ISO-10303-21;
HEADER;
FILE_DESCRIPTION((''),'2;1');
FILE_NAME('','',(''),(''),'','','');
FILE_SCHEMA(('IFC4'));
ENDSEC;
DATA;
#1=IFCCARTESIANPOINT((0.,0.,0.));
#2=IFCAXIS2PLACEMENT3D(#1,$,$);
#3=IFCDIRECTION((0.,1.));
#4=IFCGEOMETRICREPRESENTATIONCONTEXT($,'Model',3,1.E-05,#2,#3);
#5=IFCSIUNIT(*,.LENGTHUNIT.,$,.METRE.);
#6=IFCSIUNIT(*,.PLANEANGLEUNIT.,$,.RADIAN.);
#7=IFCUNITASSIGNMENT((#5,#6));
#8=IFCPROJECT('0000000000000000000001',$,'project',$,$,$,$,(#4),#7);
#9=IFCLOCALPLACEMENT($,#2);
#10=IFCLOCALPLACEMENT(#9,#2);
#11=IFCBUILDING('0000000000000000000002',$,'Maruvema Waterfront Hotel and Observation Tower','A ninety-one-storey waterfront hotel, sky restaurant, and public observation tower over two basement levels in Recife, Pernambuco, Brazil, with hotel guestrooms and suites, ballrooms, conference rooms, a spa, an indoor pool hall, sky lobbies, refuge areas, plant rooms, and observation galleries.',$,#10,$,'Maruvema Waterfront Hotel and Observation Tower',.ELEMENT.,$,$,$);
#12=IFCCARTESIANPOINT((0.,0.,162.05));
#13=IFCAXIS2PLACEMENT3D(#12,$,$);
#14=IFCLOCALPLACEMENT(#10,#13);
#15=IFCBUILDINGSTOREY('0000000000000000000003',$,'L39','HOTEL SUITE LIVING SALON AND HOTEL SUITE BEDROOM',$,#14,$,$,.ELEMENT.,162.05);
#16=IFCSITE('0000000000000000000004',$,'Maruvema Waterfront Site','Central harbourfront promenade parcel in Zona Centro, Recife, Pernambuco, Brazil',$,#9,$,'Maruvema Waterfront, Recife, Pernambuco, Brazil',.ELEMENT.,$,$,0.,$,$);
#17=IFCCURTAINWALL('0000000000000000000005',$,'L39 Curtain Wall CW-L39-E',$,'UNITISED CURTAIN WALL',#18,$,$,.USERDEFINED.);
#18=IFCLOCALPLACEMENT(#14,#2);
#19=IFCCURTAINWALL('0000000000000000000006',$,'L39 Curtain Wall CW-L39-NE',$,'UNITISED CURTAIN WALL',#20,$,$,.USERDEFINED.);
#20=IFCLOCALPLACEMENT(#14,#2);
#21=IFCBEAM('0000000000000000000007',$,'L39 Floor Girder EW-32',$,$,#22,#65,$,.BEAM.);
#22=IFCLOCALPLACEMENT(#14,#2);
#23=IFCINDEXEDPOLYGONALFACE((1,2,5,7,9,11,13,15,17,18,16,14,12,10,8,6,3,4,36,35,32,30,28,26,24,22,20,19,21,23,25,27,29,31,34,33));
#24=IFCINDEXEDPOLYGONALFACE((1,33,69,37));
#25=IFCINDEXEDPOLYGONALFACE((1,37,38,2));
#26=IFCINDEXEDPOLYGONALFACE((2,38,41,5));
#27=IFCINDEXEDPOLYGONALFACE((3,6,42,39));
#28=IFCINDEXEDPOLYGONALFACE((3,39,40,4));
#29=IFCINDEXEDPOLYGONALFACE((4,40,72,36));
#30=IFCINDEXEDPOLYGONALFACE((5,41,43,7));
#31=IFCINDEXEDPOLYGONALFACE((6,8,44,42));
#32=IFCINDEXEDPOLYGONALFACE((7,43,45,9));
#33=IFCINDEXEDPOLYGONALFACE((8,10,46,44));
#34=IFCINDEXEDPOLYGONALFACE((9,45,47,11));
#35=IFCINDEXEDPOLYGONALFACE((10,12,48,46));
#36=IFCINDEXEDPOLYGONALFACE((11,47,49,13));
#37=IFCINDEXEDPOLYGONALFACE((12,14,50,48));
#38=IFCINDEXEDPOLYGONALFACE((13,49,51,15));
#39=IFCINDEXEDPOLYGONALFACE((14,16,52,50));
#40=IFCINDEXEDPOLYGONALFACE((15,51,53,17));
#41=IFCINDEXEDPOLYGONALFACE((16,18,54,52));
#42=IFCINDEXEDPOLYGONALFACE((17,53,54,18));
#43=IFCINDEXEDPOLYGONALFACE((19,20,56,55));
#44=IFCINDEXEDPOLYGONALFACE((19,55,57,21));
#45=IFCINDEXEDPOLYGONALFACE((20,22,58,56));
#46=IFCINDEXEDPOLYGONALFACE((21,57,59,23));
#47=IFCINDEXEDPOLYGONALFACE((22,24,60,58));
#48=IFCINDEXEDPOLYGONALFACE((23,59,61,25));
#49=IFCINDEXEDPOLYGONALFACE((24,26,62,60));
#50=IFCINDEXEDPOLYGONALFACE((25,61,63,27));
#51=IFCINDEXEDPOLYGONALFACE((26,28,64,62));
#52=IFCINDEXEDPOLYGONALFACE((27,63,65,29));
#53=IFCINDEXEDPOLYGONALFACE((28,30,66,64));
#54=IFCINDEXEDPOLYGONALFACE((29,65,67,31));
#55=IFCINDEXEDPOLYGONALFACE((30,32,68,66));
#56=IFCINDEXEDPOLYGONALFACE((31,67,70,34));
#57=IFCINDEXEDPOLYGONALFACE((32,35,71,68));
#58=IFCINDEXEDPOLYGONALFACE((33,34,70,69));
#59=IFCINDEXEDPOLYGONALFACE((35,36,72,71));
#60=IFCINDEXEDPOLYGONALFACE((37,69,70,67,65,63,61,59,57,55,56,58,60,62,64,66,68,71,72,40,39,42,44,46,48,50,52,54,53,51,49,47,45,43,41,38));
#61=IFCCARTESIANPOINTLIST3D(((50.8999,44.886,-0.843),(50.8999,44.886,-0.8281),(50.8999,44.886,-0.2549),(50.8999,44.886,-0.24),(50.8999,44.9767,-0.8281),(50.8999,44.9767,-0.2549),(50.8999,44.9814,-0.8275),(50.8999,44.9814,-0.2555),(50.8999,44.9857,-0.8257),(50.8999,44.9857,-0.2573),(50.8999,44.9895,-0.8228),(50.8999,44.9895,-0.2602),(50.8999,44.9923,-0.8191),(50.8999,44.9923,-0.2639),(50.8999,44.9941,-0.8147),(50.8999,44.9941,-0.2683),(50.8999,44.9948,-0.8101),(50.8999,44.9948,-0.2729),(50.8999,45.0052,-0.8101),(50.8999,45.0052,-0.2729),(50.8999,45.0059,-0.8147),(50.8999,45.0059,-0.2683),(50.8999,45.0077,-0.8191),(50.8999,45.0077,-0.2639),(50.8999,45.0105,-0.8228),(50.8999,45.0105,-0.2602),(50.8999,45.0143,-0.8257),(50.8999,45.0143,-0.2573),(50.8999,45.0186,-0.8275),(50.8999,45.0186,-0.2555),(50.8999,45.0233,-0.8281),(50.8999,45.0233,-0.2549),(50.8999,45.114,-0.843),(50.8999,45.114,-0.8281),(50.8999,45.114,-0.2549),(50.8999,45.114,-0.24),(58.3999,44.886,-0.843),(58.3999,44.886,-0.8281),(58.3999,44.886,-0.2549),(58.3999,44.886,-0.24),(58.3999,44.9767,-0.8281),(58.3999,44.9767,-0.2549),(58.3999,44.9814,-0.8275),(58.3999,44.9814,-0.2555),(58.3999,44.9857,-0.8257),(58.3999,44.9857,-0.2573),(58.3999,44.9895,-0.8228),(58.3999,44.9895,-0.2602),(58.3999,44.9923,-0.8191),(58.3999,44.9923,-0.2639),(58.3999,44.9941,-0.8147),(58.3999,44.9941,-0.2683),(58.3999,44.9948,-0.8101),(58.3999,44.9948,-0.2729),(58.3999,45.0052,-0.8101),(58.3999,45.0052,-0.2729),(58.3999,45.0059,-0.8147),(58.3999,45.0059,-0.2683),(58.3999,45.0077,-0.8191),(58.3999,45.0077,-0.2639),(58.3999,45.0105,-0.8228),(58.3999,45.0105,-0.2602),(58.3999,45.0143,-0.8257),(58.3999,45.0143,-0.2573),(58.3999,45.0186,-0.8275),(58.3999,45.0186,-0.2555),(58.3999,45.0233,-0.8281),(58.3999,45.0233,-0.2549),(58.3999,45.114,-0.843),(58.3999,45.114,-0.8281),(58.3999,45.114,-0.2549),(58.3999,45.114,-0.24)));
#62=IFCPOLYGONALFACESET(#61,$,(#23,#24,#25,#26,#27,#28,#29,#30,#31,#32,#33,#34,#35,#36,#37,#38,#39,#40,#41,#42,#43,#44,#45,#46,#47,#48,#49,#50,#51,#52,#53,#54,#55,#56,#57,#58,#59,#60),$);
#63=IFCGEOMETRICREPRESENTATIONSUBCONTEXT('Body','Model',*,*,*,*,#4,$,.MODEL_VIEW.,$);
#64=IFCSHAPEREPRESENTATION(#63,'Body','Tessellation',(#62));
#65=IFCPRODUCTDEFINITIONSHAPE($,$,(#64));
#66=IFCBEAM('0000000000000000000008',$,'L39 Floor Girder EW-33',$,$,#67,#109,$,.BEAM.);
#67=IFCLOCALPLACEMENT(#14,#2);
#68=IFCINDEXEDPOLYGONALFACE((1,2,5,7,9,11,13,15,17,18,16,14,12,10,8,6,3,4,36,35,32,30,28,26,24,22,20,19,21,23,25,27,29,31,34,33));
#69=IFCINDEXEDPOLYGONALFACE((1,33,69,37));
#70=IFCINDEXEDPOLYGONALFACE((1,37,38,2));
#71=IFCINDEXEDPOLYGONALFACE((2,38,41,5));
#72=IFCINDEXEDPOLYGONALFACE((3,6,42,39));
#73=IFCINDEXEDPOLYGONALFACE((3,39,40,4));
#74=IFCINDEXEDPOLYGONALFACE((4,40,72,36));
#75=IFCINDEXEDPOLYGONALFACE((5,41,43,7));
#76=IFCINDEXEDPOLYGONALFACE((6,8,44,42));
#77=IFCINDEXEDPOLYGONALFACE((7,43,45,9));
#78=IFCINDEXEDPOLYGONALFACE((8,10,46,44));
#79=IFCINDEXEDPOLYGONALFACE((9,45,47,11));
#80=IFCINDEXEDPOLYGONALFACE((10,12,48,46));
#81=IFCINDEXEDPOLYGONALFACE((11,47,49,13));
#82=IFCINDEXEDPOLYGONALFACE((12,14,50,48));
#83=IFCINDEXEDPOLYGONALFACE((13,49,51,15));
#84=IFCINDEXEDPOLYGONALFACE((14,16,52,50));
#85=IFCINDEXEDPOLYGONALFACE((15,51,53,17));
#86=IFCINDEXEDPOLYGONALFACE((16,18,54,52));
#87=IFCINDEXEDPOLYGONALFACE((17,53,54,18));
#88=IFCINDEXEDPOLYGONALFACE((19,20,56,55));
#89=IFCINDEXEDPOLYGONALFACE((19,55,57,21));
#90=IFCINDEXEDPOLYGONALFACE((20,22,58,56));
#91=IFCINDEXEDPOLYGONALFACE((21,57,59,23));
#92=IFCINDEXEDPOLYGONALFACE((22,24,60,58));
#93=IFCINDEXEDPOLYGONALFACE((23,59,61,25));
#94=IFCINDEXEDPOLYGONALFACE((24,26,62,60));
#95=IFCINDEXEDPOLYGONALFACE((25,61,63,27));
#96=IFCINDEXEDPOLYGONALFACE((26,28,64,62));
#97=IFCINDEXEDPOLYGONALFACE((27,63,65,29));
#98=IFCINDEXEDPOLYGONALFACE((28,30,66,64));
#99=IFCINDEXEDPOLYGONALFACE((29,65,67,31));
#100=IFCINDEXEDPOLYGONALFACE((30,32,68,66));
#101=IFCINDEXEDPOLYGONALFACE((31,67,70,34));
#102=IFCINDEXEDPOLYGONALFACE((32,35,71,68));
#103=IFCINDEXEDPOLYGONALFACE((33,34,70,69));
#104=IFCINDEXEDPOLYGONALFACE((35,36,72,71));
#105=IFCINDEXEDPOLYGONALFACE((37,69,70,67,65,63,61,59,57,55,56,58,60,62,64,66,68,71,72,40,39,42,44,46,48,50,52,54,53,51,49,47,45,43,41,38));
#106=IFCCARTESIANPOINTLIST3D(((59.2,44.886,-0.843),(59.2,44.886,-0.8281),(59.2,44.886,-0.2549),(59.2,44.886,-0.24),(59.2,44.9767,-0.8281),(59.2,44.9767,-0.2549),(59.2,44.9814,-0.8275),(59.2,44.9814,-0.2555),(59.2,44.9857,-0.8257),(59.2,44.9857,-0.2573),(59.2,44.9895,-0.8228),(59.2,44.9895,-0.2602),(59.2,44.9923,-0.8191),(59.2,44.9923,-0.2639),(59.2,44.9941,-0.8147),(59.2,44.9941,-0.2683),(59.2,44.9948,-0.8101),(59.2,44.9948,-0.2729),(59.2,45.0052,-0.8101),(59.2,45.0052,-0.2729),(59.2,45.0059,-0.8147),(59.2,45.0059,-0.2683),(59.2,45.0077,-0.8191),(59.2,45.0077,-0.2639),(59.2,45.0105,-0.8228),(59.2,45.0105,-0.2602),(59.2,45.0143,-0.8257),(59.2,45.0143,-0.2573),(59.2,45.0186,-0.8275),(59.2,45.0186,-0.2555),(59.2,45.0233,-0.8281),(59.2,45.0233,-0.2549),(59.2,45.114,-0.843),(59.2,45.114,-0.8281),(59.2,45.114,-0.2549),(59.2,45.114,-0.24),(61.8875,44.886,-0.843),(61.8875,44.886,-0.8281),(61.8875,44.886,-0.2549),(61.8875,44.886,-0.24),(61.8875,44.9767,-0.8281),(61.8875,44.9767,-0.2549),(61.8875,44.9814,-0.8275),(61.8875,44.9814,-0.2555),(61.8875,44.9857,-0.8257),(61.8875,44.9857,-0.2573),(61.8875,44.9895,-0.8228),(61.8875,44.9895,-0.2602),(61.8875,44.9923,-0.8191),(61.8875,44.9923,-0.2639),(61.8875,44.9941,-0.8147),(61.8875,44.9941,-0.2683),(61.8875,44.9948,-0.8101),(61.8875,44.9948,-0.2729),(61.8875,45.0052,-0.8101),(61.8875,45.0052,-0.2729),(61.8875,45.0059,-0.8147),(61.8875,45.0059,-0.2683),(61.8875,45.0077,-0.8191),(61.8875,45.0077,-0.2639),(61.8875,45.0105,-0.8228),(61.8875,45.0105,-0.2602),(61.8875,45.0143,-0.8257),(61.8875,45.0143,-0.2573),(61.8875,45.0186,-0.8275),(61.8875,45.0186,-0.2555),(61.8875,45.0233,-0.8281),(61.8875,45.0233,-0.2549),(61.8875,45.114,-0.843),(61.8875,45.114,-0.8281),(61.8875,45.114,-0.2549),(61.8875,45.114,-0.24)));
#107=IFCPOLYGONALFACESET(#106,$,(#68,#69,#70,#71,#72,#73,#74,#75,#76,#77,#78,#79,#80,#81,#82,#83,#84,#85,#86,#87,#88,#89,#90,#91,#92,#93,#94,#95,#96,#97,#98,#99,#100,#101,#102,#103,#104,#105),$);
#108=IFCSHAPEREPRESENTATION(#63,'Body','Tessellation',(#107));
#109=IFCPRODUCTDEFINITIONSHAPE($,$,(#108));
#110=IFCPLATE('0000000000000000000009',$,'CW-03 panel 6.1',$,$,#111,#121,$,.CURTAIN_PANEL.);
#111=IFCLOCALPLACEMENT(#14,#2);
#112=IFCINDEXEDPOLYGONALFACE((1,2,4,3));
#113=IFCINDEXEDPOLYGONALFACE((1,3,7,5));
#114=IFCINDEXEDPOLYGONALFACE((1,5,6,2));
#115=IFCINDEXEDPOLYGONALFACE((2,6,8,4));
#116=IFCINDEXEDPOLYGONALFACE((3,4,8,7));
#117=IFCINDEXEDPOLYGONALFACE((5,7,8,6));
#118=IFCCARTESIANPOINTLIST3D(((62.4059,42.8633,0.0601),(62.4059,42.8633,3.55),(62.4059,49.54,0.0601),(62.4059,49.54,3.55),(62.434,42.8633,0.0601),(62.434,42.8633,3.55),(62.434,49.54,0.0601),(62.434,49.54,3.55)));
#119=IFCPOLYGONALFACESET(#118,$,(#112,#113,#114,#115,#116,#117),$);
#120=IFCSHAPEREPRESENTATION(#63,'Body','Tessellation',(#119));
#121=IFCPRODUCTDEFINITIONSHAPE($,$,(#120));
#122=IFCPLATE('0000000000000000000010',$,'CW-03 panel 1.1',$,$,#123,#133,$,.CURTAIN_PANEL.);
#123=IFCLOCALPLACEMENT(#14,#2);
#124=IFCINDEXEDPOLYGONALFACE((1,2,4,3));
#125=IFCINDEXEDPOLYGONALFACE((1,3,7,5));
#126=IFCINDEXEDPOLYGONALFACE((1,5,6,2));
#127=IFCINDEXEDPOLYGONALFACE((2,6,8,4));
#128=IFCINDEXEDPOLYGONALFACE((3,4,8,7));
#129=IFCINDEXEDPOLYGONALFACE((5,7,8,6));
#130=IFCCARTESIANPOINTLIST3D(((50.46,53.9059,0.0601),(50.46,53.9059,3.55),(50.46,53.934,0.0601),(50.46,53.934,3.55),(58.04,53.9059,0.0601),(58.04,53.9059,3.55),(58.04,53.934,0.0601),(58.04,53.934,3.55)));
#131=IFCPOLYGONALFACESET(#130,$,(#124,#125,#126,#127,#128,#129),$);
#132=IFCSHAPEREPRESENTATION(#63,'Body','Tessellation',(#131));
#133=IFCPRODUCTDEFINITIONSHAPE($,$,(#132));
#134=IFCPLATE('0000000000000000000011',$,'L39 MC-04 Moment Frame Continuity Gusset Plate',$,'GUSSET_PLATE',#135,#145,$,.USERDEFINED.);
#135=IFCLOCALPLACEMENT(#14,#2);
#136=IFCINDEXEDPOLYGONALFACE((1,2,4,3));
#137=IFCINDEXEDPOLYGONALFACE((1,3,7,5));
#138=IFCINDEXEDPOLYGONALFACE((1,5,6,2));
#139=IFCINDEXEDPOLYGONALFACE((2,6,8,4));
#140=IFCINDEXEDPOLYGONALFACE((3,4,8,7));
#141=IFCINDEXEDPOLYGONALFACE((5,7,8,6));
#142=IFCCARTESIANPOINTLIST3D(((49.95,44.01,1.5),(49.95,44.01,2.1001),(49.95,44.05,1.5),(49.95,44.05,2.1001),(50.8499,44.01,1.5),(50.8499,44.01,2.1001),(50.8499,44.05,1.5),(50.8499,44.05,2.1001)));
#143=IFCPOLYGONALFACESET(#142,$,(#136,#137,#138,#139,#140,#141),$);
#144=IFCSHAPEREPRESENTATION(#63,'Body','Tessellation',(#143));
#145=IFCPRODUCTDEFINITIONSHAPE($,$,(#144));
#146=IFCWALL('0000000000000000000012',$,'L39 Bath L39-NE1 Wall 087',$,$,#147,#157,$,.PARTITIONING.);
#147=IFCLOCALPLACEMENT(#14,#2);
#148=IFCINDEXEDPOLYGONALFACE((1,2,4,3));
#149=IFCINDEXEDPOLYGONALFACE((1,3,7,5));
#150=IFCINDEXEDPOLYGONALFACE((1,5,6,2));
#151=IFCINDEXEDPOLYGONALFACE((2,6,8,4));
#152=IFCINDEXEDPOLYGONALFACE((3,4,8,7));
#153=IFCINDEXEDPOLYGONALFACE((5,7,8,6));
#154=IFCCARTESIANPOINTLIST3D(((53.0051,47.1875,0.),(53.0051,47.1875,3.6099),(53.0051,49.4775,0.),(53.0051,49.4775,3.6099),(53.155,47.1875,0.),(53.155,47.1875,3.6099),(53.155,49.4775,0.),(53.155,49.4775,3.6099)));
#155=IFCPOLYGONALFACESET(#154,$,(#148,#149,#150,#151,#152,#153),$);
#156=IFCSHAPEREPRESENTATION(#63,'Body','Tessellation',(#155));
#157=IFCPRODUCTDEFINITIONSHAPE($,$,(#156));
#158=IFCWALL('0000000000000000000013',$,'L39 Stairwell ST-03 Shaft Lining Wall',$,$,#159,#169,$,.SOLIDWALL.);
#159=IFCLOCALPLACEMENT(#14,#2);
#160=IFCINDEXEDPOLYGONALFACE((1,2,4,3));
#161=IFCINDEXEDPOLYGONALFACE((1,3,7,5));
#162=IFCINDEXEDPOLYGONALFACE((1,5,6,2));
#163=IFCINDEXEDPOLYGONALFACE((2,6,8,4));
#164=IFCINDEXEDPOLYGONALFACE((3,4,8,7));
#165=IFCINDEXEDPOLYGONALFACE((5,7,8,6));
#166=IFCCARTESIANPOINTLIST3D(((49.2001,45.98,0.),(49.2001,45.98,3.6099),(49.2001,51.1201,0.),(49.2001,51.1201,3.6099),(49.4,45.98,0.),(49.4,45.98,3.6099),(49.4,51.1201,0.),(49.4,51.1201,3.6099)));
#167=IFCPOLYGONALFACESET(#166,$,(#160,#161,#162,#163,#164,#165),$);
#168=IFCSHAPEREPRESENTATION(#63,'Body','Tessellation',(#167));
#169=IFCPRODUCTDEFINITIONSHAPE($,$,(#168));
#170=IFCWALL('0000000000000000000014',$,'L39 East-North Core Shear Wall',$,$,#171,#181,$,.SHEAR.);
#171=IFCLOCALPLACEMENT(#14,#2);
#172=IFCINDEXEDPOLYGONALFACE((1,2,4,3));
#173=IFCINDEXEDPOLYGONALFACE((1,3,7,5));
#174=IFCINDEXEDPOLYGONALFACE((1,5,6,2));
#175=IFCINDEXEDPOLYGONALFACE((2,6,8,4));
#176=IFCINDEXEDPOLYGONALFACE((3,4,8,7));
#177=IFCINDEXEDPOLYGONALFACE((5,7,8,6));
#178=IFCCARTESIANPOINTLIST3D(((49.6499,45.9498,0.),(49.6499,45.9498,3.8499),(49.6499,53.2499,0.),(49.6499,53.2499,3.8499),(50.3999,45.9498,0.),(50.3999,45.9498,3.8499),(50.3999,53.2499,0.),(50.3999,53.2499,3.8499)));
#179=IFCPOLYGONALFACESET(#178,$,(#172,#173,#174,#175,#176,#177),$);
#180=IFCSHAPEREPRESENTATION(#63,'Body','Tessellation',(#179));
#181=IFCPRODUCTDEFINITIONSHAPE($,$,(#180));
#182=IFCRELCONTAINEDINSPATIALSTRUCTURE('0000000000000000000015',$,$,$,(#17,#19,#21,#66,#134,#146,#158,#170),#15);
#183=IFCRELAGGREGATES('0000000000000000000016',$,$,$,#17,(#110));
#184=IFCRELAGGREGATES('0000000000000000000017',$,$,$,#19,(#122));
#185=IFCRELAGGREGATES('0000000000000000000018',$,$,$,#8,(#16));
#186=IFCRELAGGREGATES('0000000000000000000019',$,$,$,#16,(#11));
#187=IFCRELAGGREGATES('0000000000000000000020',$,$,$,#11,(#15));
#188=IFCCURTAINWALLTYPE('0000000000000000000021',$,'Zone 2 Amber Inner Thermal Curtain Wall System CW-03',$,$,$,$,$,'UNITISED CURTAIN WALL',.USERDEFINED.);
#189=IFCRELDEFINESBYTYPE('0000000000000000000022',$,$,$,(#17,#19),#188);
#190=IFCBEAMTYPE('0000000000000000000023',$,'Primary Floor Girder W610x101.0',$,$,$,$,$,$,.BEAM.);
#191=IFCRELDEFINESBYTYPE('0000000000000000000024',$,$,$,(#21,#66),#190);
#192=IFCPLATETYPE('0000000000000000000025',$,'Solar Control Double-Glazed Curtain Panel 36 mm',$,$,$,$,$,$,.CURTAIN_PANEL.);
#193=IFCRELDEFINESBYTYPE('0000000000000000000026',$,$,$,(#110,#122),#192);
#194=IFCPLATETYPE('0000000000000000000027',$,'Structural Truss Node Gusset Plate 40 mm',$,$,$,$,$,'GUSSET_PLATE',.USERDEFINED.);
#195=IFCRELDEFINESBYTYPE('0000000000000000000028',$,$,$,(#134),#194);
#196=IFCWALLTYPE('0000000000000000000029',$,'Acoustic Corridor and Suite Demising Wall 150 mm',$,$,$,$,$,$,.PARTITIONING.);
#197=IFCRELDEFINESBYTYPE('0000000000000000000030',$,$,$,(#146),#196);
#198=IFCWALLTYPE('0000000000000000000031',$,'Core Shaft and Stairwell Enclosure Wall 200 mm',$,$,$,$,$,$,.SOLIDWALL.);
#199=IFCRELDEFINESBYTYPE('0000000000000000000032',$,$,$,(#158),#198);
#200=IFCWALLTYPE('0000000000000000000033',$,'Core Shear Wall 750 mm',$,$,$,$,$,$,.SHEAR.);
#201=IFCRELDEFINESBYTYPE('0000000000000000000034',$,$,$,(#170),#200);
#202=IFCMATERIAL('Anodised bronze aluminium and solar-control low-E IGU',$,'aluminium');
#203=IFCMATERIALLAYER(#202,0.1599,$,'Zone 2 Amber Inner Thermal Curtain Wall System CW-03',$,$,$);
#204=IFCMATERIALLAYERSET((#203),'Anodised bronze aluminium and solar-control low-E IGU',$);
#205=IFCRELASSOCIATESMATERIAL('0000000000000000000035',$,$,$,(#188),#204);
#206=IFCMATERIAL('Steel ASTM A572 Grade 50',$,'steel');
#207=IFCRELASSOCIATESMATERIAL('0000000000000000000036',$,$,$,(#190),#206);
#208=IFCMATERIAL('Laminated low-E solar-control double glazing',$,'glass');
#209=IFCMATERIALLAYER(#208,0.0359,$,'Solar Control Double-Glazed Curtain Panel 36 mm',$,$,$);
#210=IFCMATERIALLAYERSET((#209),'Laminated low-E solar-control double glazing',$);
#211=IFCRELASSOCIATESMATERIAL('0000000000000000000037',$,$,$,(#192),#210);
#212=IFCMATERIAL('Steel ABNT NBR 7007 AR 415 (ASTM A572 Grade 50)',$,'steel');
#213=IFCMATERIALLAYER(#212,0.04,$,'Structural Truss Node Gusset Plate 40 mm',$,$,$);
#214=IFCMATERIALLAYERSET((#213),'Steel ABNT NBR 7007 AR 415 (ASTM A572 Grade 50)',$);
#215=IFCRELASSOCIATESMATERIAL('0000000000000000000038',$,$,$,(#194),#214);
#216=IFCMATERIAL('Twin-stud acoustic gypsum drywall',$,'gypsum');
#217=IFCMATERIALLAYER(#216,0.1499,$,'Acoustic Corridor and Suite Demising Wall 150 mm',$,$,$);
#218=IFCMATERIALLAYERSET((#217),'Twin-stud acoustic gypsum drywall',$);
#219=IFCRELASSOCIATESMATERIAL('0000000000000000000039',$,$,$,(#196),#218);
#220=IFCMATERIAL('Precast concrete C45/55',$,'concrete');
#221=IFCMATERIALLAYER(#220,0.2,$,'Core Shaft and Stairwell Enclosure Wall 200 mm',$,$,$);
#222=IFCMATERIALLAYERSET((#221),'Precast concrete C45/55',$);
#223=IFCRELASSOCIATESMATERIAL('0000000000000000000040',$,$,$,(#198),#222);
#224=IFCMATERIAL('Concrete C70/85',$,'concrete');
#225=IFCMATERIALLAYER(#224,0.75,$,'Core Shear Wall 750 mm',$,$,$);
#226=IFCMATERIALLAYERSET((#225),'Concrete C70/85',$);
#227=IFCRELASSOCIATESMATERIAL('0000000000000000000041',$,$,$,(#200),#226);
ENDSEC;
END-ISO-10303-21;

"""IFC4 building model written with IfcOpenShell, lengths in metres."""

from ifc_helpers import new_model, si_unit, direction, frame, frame_2d, origin, origin_2d, place, context, subcontext, project, spatial, rectangle, i_section, extrude, material, layer, layer_set, material_profile, profile_set, type_object, element, aggregate, save


model = new_model("IFC4")

# Units and contexts
model_context = context("Model", 3, precision=1e-05, world=origin(), true_north=direction((0.0, 1.0)))
body_context = subcontext(model_context, "Body", "Model", "MODEL_VIEW")
ifc_project = project(units=[si_unit("LENGTHUNIT", "METRE"), si_unit("PLANEANGLEUNIT", "RADIAN")], contexts=[model_context])

# Site, building, storey
site_placement = place(None, origin())
site = spatial("IfcSite", under=ifc_project, at=site_placement, Name="Maruvema Waterfront Site", Description="Central harbourfront promenade parcel in Zona Centro, Recife, Pernambuco, Brazil", LongName="Maruvema Waterfront, Recife, Pernambuco, Brazil", CompositionType="ELEMENT", RefElevation=0.0)
building_placement = place(site_placement, origin())
building = spatial("IfcBuilding", under=site, at=building_placement, Name="Maruvema Waterfront Hotel and Observation Tower", Description="A ninety-one-storey waterfront hotel, sky restaurant, and public observation tower over two basement levels in Recife, Pernambuco, Brazil, with hotel guestrooms and suites, ballrooms, conference rooms, a spa, an indoor pool hall, sky lobbies, refuge areas, plant rooms, and observation galleries.", LongName="Maruvema Waterfront Hotel and Observation Tower", CompositionType="ELEMENT")
storey_placement = place(building_placement, frame((0.0, 0.0, 162.05)))
storey = spatial("IfcBuildingStorey", under=building, at=storey_placement, Name="L39", Description="HOTEL SUITE LIVING SALON AND HOTEL SUITE BEDROOM", CompositionType="ELEMENT", Elevation=162.05)

# Curtain walls
ifc_material_1 = material(Name="Anodised bronze aluminium and solar-control low-E IGU", Category="aluminium")
ifc_layer_1 = layer(ifc_material_1, 0.1599, Name="Zone 2 Amber Inner Thermal Curtain Wall System CW-03")
ifc_layer_set_1 = layer_set([ifc_layer_1], Name="Anodised bronze aluminium and solar-control low-E IGU")
curtain_wall_type = type_object("IfcCurtainWallType", Name="Zone 2 Amber Inner Thermal Curtain Wall System CW-03", ElementType="UNITISED CURTAIN WALL", PredefinedType="USERDEFINED", material=ifc_layer_set_1)
curtain_wall_1_placement = place(storey_placement, origin())
curtain_wall_1 = element("IfcCurtainWall", 1, at=curtain_wall_1_placement, inside=storey, type_object=curtain_wall_type, Name="L39 Curtain Wall CW-L39-E", ObjectType="UNITISED CURTAIN WALL", PredefinedType="USERDEFINED")
curtain_wall_2_placement = place(storey_placement, origin())
curtain_wall_2 = element("IfcCurtainWall", 2, at=curtain_wall_2_placement, inside=storey, type_object=curtain_wall_type, Name="L39 Curtain Wall CW-L39-NE", ObjectType="UNITISED CURTAIN WALL", PredefinedType="USERDEFINED")

# Beams
ifc_material_2 = material(Name="Steel ASTM A572 Grade 50", Category="steel")
ifc_material_profile_1 = material_profile(ifc_material_2, i_section(OverallWidth=0.228, OverallDepth=0.603, WebThickness=0.0105, FlangeThickness=0.0149, FilletRadius=0.0181, at=origin_2d()), Name="W610x101.0")
ifc_profile_set_1 = profile_set([ifc_material_profile_1], Name="Steel ASTM A572 Grade 50")
beam_type = type_object("IfcBeamType", Name="Primary Floor Girder W610x101.0", PredefinedType="BEAM", material=ifc_profile_set_1)
beam_1_placement = place(storey_placement, frame((50.8999, 45.0, -0.5415), z_axis=(1.0, 0.0, 0.0), x_axis=(0.0, 1.0, 0.0)))
element("IfcBeam", 3, at=beam_1_placement, inside=storey, type_object=beam_type, Name="L39 Floor Girder EW-32", PredefinedType="BEAM", context=body_context, shape_type="SweptSolid", body=[
    extrude(i_section(OverallWidth=0.228, OverallDepth=0.603, WebThickness=0.0105, FlangeThickness=0.0149, FilletRadius=0.0181, at=origin_2d()), origin(), (0.0, 0.0, 1.0), 7.5),
])
beam_2_placement = place(storey_placement, frame((59.2, 45.0, -0.5415), z_axis=(1.0, 0.0, 0.0), x_axis=(0.0, 1.0, 0.0)))
element("IfcBeam", 4, at=beam_2_placement, inside=storey, type_object=beam_type, Name="L39 Floor Girder EW-33", PredefinedType="BEAM", context=body_context, shape_type="SweptSolid", body=[
    extrude(i_section(OverallWidth=0.228, OverallDepth=0.603, WebThickness=0.0105, FlangeThickness=0.0149, FilletRadius=0.0181, at=origin_2d()), origin(), (0.0, 0.0, 1.0), 2.6875),
])

# Plates
ifc_material_3 = material(Name="Laminated low-E solar-control double glazing", Category="glass")
ifc_layer_2 = layer(ifc_material_3, 0.0359, Name="Solar Control Double-Glazed Curtain Panel 36 mm")
ifc_layer_set_2 = layer_set([ifc_layer_2], Name="Laminated low-E solar-control double glazing")
plate_type_1 = type_object("IfcPlateType", Name="Solar Control Double-Glazed Curtain Panel 36 mm", PredefinedType="CURTAIN_PANEL", material=ifc_layer_set_2)
plate_1_placement = place(storey_placement, frame((62.4199, 46.2017, 0.0601), z_axis=(0.0, 0.0, 1.0), x_axis=(0.0, 1.0, 0.0)))
plate_1 = element("IfcPlate", 5, at=plate_1_placement, type_object=plate_type_1, Name="CW-03 panel 6.1", PredefinedType="CURTAIN_PANEL", context=body_context, shape_type="SweptSolid", body=[
    extrude(rectangle(XDim=6.6768, YDim=0.0281, at=origin_2d()), origin(), (0.0, 0.0, 1.0), 3.49),
])
aggregate(curtain_wall_1, [plate_1])
plate_2_placement = place(storey_placement, frame((54.25, 53.9199, 0.0601), z_axis=(0.0, 0.0, 1.0), x_axis=(-1.0, 0.0, 0.0)))
plate_2 = element("IfcPlate", 6, at=plate_2_placement, type_object=plate_type_1, Name="CW-03 panel 1.1", PredefinedType="CURTAIN_PANEL", context=body_context, shape_type="SweptSolid", body=[
    extrude(rectangle(XDim=7.5801, YDim=0.0281, at=origin_2d()), origin(), (0.0, 0.0, 1.0), 3.49),
])
aggregate(curtain_wall_2, [plate_2])
ifc_material_4 = material(Name="Steel ABNT NBR 7007 AR 415 (ASTM A572 Grade 50)", Category="steel")
ifc_layer_3 = layer(ifc_material_4, 0.04, Name="Structural Truss Node Gusset Plate 40 mm")
ifc_layer_set_3 = layer_set([ifc_layer_3], Name="Steel ABNT NBR 7007 AR 415 (ASTM A572 Grade 50)")
plate_type_2 = type_object("IfcPlateType", Name="Structural Truss Node Gusset Plate 40 mm", ElementType="GUSSET_PLATE", PredefinedType="USERDEFINED", material=ifc_layer_set_3)
plate_3_placement = place(storey_placement, frame((50.3999, 44.03, 1.5), z_axis=(0.0, 0.0, 1.0), x_axis=(1.0, 0.0, 0.0)))
element("IfcPlate", 7, at=plate_3_placement, inside=storey, type_object=plate_type_2, Name="L39 MC-04 Moment Frame Continuity Gusset Plate", ObjectType="GUSSET_PLATE", PredefinedType="USERDEFINED", context=body_context, shape_type="SweptSolid", body=[
    extrude(rectangle(XDim=0.8999, YDim=0.04, at=origin_2d()), origin(), (0.0, 0.0, 1.0), 0.6001),
])

# Walls
ifc_material_5 = material(Name="Twin-stud acoustic gypsum drywall", Category="gypsum")
ifc_layer_4 = layer(ifc_material_5, 0.1499, Name="Acoustic Corridor and Suite Demising Wall 150 mm")
ifc_layer_set_4 = layer_set([ifc_layer_4], Name="Twin-stud acoustic gypsum drywall")
wall_type_1 = type_object("IfcWallType", Name="Acoustic Corridor and Suite Demising Wall 150 mm", PredefinedType="PARTITIONING", material=ifc_layer_set_4)
wall_1_placement = place(storey_placement, frame((53.0801, 47.1875, 0.0), z_axis=(0.0, 0.0, 1.0), x_axis=(0.0, 1.0, 0.0)))
element("IfcWall", 8, at=wall_1_placement, inside=storey, type_object=wall_type_1, Name="L39 Bath L39-NE1 Wall 087", PredefinedType="PARTITIONING", context=body_context, shape_type="SweptSolid", body=[
    extrude(rectangle(XDim=2.29, YDim=0.1499, at=frame_2d((1.145, 0.0))), origin(), (0.0, 0.0, 1.0), 3.6099),
])
ifc_material_6 = material(Name="Precast concrete C45/55", Category="concrete")
ifc_layer_5 = layer(ifc_material_6, 0.2, Name="Core Shaft and Stairwell Enclosure Wall 200 mm")
ifc_layer_set_5 = layer_set([ifc_layer_5], Name="Precast concrete C45/55")
wall_type_2 = type_object("IfcWallType", Name="Core Shaft and Stairwell Enclosure Wall 200 mm", PredefinedType="SOLIDWALL", material=ifc_layer_set_5)
wall_2_placement = place(storey_placement, frame((49.3, 45.98, 0.0), z_axis=(0.0, 0.0, 1.0), x_axis=(0.0, 1.0, 0.0)))
element("IfcWall", 9, at=wall_2_placement, inside=storey, type_object=wall_type_2, Name="L39 Stairwell ST-03 Shaft Lining Wall", PredefinedType="SOLIDWALL", context=body_context, shape_type="SweptSolid", body=[
    extrude(rectangle(XDim=5.1401, YDim=0.2, at=frame_2d((2.5701, 0.0))), origin(), (0.0, 0.0, 1.0), 3.6099),
])
ifc_material_7 = material(Name="Concrete C70/85", Category="concrete")
ifc_layer_6 = layer(ifc_material_7, 0.75, Name="Core Shear Wall 750 mm")
ifc_layer_set_6 = layer_set([ifc_layer_6], Name="Concrete C70/85")
wall_type_3 = type_object("IfcWallType", Name="Core Shear Wall 750 mm", PredefinedType="SHEAR", material=ifc_layer_set_6)
wall_3_placement = place(storey_placement, frame((50.0249, 45.95, 0.0), z_axis=(0.0, 0.0, 1.0), x_axis=(0.0, 1.0, 0.0)))
element("IfcWall", 10, at=wall_3_placement, inside=storey, type_object=wall_type_3, Name="L39 East-North Core Shear Wall", PredefinedType="SHEAR", context=body_context, shape_type="SweptSolid", body=[
    extrude(rectangle(XDim=7.3, YDim=0.75, at=frame_2d((3.6499, 0.0))), origin(), (0.0, 0.0, 1.0), 3.8499),
])

save(model, "model.ifc")
